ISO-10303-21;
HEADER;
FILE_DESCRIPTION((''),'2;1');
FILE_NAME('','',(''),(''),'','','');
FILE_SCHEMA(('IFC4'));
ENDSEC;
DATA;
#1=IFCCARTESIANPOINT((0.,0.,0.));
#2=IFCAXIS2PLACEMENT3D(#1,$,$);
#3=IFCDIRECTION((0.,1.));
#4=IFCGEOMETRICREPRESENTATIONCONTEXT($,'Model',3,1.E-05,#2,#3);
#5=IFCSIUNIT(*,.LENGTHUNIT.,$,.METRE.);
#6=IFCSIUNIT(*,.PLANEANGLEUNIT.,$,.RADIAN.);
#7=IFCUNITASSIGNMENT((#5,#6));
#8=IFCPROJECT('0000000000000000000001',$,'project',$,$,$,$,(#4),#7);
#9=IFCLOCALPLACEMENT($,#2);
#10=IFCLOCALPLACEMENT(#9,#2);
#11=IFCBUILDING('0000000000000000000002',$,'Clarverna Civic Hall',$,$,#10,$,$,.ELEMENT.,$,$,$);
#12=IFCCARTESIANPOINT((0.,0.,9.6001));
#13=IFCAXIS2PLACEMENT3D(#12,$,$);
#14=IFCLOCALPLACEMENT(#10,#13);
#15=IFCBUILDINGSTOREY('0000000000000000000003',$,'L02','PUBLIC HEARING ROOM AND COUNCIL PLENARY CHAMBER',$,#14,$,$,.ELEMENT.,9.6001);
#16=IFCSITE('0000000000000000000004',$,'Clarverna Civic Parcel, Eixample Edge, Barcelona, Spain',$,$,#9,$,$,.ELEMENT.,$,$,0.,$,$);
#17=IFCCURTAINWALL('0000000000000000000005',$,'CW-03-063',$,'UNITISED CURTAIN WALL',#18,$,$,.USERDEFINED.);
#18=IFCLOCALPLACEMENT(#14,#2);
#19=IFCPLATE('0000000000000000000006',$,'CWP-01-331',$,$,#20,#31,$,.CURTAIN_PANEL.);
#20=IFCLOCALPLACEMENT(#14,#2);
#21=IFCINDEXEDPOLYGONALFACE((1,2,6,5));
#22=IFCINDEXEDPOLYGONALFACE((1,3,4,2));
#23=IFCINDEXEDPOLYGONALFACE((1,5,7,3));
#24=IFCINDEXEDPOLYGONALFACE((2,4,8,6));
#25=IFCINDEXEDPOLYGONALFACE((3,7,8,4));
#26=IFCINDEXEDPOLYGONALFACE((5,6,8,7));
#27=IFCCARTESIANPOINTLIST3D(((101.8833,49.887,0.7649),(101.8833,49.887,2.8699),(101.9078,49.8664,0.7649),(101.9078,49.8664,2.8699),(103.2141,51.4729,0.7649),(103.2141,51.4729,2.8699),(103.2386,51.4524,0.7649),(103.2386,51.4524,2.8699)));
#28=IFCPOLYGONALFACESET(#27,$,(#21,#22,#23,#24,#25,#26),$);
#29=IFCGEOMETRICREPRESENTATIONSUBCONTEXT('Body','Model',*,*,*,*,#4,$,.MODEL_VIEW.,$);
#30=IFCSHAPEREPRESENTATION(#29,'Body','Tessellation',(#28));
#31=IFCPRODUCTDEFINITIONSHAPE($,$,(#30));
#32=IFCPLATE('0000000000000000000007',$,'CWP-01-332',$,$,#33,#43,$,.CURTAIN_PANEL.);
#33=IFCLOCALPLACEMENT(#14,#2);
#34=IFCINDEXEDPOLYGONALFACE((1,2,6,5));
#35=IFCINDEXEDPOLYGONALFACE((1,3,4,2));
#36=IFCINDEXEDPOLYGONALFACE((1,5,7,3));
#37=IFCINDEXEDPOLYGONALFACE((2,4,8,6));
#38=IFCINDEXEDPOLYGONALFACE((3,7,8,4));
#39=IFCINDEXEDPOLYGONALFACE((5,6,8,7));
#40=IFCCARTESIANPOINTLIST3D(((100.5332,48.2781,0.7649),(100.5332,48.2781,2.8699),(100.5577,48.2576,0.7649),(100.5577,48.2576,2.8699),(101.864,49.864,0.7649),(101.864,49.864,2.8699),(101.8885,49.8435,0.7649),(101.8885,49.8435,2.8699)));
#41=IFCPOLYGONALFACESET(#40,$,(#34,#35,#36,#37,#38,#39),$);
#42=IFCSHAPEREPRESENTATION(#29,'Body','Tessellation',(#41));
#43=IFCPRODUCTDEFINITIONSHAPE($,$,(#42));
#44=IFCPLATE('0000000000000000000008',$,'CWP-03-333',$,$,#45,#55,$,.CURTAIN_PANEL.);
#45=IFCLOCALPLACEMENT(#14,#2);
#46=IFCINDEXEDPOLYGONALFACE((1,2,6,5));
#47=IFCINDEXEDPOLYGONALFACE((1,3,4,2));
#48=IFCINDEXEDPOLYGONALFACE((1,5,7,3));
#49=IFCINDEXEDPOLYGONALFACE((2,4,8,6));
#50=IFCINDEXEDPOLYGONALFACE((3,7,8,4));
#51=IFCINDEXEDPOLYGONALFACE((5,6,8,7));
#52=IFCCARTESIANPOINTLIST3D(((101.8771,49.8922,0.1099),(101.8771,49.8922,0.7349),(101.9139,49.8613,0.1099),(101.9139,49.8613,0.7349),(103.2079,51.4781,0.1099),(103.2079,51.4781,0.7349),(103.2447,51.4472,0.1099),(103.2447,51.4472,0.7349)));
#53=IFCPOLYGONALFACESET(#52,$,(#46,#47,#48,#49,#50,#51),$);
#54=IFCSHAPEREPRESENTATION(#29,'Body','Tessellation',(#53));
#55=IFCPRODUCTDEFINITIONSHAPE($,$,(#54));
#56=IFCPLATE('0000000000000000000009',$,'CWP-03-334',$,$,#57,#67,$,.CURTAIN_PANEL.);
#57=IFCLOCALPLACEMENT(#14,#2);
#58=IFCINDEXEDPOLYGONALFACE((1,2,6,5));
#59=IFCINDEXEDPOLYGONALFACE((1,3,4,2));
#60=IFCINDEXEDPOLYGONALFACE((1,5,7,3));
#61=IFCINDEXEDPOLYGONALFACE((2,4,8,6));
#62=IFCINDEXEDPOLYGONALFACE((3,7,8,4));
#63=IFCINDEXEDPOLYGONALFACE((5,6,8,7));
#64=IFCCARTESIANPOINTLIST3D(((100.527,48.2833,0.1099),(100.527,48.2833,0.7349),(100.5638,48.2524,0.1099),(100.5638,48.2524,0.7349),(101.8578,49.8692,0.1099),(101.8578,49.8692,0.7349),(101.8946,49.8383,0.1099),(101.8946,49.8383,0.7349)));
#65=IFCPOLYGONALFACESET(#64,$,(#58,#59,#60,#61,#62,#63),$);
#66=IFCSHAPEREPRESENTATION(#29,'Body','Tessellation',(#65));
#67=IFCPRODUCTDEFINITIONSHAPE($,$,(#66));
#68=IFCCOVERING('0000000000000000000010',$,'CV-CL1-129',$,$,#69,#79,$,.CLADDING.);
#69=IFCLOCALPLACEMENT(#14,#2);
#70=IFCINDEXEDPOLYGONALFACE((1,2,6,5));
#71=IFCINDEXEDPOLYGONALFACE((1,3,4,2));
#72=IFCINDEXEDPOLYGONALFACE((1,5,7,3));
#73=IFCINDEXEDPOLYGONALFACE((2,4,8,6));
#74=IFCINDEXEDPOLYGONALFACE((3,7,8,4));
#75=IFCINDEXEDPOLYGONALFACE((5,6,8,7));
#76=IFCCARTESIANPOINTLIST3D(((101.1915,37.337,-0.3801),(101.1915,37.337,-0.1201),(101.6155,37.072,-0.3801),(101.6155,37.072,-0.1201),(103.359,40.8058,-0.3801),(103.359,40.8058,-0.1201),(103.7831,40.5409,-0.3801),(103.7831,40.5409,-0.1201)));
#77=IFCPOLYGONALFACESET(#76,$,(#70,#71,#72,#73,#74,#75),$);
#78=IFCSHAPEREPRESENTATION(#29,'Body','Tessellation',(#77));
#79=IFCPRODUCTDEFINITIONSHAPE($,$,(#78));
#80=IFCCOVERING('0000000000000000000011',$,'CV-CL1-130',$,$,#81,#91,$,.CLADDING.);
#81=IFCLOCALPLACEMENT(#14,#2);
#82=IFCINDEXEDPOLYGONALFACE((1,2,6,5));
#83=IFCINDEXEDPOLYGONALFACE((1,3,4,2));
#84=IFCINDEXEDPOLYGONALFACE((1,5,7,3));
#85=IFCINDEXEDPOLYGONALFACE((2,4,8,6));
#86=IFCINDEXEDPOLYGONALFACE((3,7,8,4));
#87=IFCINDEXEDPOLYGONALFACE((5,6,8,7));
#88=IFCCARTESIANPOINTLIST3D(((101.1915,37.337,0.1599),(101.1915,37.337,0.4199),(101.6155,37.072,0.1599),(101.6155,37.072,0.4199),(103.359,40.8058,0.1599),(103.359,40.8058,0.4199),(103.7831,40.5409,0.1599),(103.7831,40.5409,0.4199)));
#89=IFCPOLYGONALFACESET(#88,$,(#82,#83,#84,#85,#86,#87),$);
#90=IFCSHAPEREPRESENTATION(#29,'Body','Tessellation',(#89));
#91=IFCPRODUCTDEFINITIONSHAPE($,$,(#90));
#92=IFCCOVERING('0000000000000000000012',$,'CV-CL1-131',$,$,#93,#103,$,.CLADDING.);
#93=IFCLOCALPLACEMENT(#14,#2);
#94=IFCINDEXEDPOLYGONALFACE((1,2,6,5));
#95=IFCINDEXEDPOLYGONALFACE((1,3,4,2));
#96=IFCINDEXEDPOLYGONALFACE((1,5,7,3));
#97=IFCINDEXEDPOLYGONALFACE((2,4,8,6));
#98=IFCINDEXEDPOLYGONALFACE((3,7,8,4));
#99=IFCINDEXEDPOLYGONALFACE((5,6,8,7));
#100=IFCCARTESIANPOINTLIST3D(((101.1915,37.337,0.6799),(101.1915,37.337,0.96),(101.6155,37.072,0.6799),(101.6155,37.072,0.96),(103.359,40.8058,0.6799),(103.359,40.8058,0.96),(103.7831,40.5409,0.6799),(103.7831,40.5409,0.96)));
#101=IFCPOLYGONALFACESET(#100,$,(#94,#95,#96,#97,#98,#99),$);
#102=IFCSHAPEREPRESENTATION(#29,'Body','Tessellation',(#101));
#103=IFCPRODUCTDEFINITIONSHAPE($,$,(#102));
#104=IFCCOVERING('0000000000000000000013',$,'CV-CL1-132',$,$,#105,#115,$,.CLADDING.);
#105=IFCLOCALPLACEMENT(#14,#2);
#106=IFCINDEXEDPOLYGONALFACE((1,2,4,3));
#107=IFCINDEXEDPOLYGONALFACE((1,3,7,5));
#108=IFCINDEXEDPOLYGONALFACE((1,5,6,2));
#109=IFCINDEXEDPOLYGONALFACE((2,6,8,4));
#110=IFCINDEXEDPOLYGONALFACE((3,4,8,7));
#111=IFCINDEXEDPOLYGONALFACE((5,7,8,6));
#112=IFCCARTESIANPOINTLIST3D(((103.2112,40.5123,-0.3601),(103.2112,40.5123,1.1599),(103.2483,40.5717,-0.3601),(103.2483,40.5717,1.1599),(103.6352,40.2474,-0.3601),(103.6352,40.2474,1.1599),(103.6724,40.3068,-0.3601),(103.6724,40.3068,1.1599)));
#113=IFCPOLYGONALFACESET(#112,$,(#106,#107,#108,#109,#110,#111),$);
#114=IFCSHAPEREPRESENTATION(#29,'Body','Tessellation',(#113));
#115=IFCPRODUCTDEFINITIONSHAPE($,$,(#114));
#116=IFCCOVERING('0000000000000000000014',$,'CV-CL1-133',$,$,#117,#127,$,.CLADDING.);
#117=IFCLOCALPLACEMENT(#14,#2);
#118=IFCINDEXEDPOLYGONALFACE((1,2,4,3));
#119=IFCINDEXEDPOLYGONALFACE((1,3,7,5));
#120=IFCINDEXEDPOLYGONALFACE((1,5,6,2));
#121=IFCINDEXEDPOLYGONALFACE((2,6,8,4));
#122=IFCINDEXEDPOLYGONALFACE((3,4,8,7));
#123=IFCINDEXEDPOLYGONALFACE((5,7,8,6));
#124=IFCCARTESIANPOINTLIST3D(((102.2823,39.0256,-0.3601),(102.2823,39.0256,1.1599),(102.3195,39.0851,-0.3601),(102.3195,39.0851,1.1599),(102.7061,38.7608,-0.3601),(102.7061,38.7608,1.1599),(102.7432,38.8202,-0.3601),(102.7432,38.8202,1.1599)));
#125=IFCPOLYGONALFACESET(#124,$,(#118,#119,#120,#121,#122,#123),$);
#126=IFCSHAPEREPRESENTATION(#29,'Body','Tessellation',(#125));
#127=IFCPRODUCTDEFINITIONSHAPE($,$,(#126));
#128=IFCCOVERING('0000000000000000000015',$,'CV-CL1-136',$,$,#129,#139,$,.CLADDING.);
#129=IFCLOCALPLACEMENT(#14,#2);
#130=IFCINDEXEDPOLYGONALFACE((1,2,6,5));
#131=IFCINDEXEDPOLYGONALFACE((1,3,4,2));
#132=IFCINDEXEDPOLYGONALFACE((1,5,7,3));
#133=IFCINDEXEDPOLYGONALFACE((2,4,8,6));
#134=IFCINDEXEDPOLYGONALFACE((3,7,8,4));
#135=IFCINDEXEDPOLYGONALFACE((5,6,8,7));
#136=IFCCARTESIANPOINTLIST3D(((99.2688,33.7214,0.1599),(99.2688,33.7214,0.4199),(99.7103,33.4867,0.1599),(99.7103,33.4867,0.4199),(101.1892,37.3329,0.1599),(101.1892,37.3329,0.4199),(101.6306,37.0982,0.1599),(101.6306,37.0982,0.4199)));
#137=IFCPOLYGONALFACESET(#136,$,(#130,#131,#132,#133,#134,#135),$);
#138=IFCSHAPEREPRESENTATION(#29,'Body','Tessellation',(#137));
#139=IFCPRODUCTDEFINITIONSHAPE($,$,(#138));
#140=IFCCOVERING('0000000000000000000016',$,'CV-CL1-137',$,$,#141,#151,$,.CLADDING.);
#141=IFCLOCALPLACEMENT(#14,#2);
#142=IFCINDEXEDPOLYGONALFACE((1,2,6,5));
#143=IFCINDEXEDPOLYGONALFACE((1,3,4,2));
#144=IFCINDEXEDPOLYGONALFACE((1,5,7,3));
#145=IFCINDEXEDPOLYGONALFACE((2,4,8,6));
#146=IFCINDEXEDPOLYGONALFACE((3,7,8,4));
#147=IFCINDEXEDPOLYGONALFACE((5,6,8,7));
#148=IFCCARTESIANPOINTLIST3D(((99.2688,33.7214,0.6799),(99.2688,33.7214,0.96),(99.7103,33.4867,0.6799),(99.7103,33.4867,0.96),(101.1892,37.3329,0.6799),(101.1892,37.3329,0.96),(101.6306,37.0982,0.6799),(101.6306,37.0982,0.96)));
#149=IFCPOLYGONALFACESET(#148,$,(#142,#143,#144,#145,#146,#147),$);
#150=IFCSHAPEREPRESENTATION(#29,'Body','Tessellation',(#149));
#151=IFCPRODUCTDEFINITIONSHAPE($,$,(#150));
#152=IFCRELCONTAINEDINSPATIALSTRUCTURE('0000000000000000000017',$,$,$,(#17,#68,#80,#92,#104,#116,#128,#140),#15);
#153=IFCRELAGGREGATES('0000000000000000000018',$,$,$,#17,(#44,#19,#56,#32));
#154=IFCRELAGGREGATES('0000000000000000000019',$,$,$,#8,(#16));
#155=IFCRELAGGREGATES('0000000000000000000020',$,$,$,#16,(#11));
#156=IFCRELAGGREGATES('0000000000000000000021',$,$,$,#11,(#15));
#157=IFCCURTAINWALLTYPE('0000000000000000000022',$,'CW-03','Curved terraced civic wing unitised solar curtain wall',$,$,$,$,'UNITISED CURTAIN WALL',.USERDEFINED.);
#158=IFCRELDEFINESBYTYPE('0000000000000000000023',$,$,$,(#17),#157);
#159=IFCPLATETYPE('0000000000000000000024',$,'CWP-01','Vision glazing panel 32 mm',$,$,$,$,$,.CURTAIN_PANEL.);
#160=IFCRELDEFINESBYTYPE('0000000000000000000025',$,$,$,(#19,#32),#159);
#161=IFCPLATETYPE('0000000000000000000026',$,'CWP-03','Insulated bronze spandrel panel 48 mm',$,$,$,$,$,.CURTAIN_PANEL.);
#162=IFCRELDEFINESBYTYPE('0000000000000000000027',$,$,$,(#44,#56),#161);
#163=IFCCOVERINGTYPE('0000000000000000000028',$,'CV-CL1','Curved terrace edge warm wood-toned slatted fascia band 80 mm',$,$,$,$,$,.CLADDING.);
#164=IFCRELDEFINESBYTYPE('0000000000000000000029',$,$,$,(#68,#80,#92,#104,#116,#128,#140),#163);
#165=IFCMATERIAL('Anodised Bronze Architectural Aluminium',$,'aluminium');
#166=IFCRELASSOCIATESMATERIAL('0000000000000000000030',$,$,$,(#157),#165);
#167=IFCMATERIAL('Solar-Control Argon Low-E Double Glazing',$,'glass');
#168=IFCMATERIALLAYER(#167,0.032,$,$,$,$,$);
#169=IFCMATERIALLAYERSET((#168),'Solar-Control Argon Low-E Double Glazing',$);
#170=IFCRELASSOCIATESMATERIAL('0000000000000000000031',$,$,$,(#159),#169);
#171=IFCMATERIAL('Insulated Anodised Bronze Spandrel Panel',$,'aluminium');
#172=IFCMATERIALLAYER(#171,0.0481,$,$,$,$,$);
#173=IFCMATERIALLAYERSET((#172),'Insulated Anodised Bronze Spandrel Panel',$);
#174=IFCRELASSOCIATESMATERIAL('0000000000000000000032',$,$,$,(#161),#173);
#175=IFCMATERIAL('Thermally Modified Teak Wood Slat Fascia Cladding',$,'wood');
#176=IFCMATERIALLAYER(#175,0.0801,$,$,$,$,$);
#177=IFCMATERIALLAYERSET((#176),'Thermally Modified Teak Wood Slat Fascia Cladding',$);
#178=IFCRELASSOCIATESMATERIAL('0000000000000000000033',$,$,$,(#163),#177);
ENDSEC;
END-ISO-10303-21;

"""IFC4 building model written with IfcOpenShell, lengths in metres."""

from ifc_helpers import new_model, si_unit, direction, frame, frame_2d, origin, place, context, subcontext, project, spatial, rectangle, extrude, material, layer, layer_set, type_object, element, aggregate, save


model = new_model("IFC4")

# Units and contexts
model_context = context("Model", 3, precision=1e-05, world=origin(), true_north=direction((0.0, 1.0)))
body_context = subcontext(model_context, "Body", "Model", "MODEL_VIEW")
ifc_project = project(units=[si_unit("LENGTHUNIT", "METRE"), si_unit("PLANEANGLEUNIT", "RADIAN")], contexts=[model_context])

# Site, building, storey
site_placement = place(None, origin())
site = spatial("IfcSite", under=ifc_project, at=site_placement, Name="Clarverna Civic Parcel, Eixample Edge, Barcelona, Spain", CompositionType="ELEMENT", RefElevation=0.0)
building_placement = place(site_placement, origin())
building = spatial("IfcBuilding", under=site, at=building_placement, Name="Clarverna Civic Hall", CompositionType="ELEMENT")
storey_placement = place(building_placement, frame((0.0, 0.0, 9.6001)))
storey = spatial("IfcBuildingStorey", under=building, at=storey_placement, Name="L02", Description="PUBLIC HEARING ROOM AND COUNCIL PLENARY CHAMBER", CompositionType="ELEMENT", Elevation=9.6001)

# Shared definitions
ifc_material_1 = material(Name="Anodised Bronze Architectural Aluminium", Category="aluminium")
curtain_wall_type = type_object("IfcCurtainWallType", Name="CW-03", Description="Curved terraced civic wing unitised solar curtain wall", ElementType="UNITISED CURTAIN WALL", PredefinedType="USERDEFINED", material=ifc_material_1)

# Curtain wall, plates
curtain_wall_1_placement = place(storey_placement, origin())
curtain_wall_1 = element("IfcCurtainWall", 1, at=curtain_wall_1_placement, inside=storey, type_object=curtain_wall_type, Name="CW-03-063", ObjectType="UNITISED CURTAIN WALL", PredefinedType="USERDEFINED")
ifc_material_2 = material(Name="Solar-Control Argon Low-E Double Glazing", Category="glass")
ifc_layer_1 = layer(ifc_material_2, 0.032)
ifc_layer_set_1 = layer_set([ifc_layer_1], Name="Solar-Control Argon Low-E Double Glazing")
plate_type_1 = type_object("IfcPlateType", Name="CWP-01", Description="Vision glazing panel 32 mm", PredefinedType="CURTAIN_PANEL", material=ifc_layer_set_1)
plate_1_placement = place(storey_placement, frame((103.2263, 51.4626, 0.7649), z_axis=(0.0, 0.0, 1.0), x_axis=(-0.642802, -0.766032, 0.0)))
plate_1 = element("IfcPlate", 2, at=plate_1_placement, type_object=plate_type_1, Name="CWP-01-331", PredefinedType="CURTAIN_PANEL", context=body_context, shape_type="SweptSolid", body=[
    extrude(rectangle(XDim=2.0703, YDim=0.032, at=frame_2d((1.0352, 0.0))), origin(), (0.0, 0.0, 1.0), 2.105),
])
plate_2_placement = place(storey_placement, frame((101.8762, 49.8538, 0.7649), z_axis=(0.0, 0.0, 1.0), x_axis=(-0.642802, -0.766032, 0.0)))
plate_2 = element("IfcPlate", 3, at=plate_2_placement, type_object=plate_type_1, Name="CWP-01-332", PredefinedType="CURTAIN_PANEL", context=body_context, shape_type="SweptSolid", body=[
    extrude(rectangle(XDim=2.0703, YDim=0.032, at=frame_2d((1.0352, 0.0))), origin(), (0.0, 0.0, 1.0), 2.105),
])
ifc_material_3 = material(Name="Insulated Anodised Bronze Spandrel Panel", Category="aluminium")
ifc_layer_2 = layer(ifc_material_3, 0.0481)
ifc_layer_set_2 = layer_set([ifc_layer_2], Name="Insulated Anodised Bronze Spandrel Panel")
plate_type_2 = type_object("IfcPlateType", Name="CWP-03", Description="Insulated bronze spandrel panel 48 mm", PredefinedType="CURTAIN_PANEL", material=ifc_layer_set_2)
plate_3_placement = place(storey_placement, frame((103.2263, 51.4626, 0.1099), z_axis=(0.0, 0.0, 1.0), x_axis=(-0.642802, -0.766032, 0.0)))
plate_3 = element("IfcPlate", 4, at=plate_3_placement, type_object=plate_type_2, Name="CWP-03-333", PredefinedType="CURTAIN_PANEL", context=body_context, shape_type="SweptSolid", body=[
    extrude(rectangle(XDim=2.0703, YDim=0.0481, at=frame_2d((1.0352, 0.0))), origin(), (0.0, 0.0, 1.0), 0.625),
])
plate_4_placement = place(storey_placement, frame((101.8762, 49.8538, 0.1099), z_axis=(0.0, 0.0, 1.0), x_axis=(-0.642802, -0.766032, 0.0)))
plate_4 = element("IfcPlate", 5, at=plate_4_placement, type_object=plate_type_2, Name="CWP-03-334", PredefinedType="CURTAIN_PANEL", context=body_context, shape_type="SweptSolid", body=[
    extrude(rectangle(XDim=2.0703, YDim=0.0481, at=frame_2d((1.0352, 0.0))), origin(), (0.0, 0.0, 1.0), 0.625),
])
aggregate(curtain_wall_1, [plate_3, plate_1, plate_4, plate_2])

# Coverings
ifc_material_4 = material(Name="Thermally Modified Teak Wood Slat Fascia Cladding", Category="wood")
ifc_layer_3 = layer(ifc_material_4, 0.0801)
ifc_layer_set_3 = layer_set([ifc_layer_3], Name="Thermally Modified Teak Wood Slat Fascia Cladding")
covering_type = type_object("IfcCoveringType", Name="CV-CL1", Description="Curved terrace edge warm wood-toned slatted fascia band 80 mm", PredefinedType="CLADDING", material=ifc_layer_set_3)
for number, where, z_axis, x_axis, name in (
    (6, (103.571, 40.6733, -0.3801), (0.0, 0.0, 1.0), (-0.529913, -0.848052, 0.0), "CV-CL1-129"),
    (7, (103.571, 40.6733, 0.1599), (0.0, 0.0, 1.0), (-0.529913, -0.848052, 0.0), "CV-CL1-130"),
):
    element("IfcCovering", number, at=place(storey_placement, frame(where, z_axis=z_axis, x_axis=x_axis)), inside=storey, type_object=covering_type, Name=name, PredefinedType="CLADDING", context=body_context, shape_type="SweptSolid", body=[
        extrude(rectangle(XDim=4.0903, YDim=0.5, at=frame_2d((2.0452, 0.0))), origin(), (0.0, 0.0, 1.0), 0.26),
    ])
covering_1_placement = place(storey_placement, frame((103.571, 40.6733, 0.6799), z_axis=(0.0, 0.0, 1.0), x_axis=(-0.529913, -0.848052, 0.0)))
element("IfcCovering", 8, at=covering_1_placement, inside=storey, type_object=covering_type, Name="CV-CL1-131", PredefinedType="CLADDING", context=body_context, shape_type="SweptSolid", body=[
    extrude(rectangle(XDim=4.0903, YDim=0.5, at=frame_2d((2.0452, 0.0))), origin(), (0.0, 0.0, 1.0), 0.28),
])
covering_2_placement = place(storey_placement, frame((103.2297, 40.542, -0.3601), z_axis=(0.0, 0.0, 1.0), x_axis=(0.848135, -0.529779, 0.0)))
element("IfcCovering", 9, at=covering_2_placement, inside=storey, type_object=covering_type, Name="CV-CL1-132", PredefinedType="CLADDING", context=body_context, shape_type="SweptSolid", body=[
    extrude(rectangle(XDim=0.5, YDim=0.0701, at=frame_2d((0.25, 0.0))), origin(), (0.0, 0.0, 1.0), 1.52),
])
covering_3_placement = place(storey_placement, frame((102.3008, 39.0554, -0.3601), z_axis=(0.0, 0.0, 1.0), x_axis=(0.847998, -0.529999, 0.0)))
element("IfcCovering", 10, at=covering_3_placement, inside=storey, type_object=covering_type, Name="CV-CL1-133", PredefinedType="CLADDING", context=body_context, shape_type="SweptSolid", body=[
    extrude(rectangle(XDim=0.4998, YDim=0.0701, at=frame_2d((0.25, 0.0))), origin(), (0.0, 0.0, 1.0), 1.52),
])
covering_4_placement = place(storey_placement, frame((101.4099, 37.2156, 0.1599), z_axis=(0.0, 0.0, 1.0), x_axis=(-0.469491, -0.882937, 0.0)))
element("IfcCovering", 11, at=covering_4_placement, inside=storey, type_object=covering_type, Name="CV-CL1-136", PredefinedType="CLADDING", context=body_context, shape_type="SweptSolid", body=[
    extrude(rectangle(XDim=4.0903, YDim=0.5, at=frame_2d((2.0452, 0.0))), origin(), (0.0, 0.0, 1.0), 0.26),
])
covering_5_placement = place(storey_placement, frame((101.4099, 37.2156, 0.6799), z_axis=(0.0, 0.0, 1.0), x_axis=(-0.469491, -0.882937, 0.0)))
element("IfcCovering", 12, at=covering_5_placement, inside=storey, type_object=covering_type, Name="CV-CL1-137", PredefinedType="CLADDING", context=body_context, shape_type="SweptSolid", body=[
    extrude(rectangle(XDim=4.0903, YDim=0.5, at=frame_2d((2.0452, 0.0))), origin(), (0.0, 0.0, 1.0), 0.28),
])

save(model, "model.ifc")
